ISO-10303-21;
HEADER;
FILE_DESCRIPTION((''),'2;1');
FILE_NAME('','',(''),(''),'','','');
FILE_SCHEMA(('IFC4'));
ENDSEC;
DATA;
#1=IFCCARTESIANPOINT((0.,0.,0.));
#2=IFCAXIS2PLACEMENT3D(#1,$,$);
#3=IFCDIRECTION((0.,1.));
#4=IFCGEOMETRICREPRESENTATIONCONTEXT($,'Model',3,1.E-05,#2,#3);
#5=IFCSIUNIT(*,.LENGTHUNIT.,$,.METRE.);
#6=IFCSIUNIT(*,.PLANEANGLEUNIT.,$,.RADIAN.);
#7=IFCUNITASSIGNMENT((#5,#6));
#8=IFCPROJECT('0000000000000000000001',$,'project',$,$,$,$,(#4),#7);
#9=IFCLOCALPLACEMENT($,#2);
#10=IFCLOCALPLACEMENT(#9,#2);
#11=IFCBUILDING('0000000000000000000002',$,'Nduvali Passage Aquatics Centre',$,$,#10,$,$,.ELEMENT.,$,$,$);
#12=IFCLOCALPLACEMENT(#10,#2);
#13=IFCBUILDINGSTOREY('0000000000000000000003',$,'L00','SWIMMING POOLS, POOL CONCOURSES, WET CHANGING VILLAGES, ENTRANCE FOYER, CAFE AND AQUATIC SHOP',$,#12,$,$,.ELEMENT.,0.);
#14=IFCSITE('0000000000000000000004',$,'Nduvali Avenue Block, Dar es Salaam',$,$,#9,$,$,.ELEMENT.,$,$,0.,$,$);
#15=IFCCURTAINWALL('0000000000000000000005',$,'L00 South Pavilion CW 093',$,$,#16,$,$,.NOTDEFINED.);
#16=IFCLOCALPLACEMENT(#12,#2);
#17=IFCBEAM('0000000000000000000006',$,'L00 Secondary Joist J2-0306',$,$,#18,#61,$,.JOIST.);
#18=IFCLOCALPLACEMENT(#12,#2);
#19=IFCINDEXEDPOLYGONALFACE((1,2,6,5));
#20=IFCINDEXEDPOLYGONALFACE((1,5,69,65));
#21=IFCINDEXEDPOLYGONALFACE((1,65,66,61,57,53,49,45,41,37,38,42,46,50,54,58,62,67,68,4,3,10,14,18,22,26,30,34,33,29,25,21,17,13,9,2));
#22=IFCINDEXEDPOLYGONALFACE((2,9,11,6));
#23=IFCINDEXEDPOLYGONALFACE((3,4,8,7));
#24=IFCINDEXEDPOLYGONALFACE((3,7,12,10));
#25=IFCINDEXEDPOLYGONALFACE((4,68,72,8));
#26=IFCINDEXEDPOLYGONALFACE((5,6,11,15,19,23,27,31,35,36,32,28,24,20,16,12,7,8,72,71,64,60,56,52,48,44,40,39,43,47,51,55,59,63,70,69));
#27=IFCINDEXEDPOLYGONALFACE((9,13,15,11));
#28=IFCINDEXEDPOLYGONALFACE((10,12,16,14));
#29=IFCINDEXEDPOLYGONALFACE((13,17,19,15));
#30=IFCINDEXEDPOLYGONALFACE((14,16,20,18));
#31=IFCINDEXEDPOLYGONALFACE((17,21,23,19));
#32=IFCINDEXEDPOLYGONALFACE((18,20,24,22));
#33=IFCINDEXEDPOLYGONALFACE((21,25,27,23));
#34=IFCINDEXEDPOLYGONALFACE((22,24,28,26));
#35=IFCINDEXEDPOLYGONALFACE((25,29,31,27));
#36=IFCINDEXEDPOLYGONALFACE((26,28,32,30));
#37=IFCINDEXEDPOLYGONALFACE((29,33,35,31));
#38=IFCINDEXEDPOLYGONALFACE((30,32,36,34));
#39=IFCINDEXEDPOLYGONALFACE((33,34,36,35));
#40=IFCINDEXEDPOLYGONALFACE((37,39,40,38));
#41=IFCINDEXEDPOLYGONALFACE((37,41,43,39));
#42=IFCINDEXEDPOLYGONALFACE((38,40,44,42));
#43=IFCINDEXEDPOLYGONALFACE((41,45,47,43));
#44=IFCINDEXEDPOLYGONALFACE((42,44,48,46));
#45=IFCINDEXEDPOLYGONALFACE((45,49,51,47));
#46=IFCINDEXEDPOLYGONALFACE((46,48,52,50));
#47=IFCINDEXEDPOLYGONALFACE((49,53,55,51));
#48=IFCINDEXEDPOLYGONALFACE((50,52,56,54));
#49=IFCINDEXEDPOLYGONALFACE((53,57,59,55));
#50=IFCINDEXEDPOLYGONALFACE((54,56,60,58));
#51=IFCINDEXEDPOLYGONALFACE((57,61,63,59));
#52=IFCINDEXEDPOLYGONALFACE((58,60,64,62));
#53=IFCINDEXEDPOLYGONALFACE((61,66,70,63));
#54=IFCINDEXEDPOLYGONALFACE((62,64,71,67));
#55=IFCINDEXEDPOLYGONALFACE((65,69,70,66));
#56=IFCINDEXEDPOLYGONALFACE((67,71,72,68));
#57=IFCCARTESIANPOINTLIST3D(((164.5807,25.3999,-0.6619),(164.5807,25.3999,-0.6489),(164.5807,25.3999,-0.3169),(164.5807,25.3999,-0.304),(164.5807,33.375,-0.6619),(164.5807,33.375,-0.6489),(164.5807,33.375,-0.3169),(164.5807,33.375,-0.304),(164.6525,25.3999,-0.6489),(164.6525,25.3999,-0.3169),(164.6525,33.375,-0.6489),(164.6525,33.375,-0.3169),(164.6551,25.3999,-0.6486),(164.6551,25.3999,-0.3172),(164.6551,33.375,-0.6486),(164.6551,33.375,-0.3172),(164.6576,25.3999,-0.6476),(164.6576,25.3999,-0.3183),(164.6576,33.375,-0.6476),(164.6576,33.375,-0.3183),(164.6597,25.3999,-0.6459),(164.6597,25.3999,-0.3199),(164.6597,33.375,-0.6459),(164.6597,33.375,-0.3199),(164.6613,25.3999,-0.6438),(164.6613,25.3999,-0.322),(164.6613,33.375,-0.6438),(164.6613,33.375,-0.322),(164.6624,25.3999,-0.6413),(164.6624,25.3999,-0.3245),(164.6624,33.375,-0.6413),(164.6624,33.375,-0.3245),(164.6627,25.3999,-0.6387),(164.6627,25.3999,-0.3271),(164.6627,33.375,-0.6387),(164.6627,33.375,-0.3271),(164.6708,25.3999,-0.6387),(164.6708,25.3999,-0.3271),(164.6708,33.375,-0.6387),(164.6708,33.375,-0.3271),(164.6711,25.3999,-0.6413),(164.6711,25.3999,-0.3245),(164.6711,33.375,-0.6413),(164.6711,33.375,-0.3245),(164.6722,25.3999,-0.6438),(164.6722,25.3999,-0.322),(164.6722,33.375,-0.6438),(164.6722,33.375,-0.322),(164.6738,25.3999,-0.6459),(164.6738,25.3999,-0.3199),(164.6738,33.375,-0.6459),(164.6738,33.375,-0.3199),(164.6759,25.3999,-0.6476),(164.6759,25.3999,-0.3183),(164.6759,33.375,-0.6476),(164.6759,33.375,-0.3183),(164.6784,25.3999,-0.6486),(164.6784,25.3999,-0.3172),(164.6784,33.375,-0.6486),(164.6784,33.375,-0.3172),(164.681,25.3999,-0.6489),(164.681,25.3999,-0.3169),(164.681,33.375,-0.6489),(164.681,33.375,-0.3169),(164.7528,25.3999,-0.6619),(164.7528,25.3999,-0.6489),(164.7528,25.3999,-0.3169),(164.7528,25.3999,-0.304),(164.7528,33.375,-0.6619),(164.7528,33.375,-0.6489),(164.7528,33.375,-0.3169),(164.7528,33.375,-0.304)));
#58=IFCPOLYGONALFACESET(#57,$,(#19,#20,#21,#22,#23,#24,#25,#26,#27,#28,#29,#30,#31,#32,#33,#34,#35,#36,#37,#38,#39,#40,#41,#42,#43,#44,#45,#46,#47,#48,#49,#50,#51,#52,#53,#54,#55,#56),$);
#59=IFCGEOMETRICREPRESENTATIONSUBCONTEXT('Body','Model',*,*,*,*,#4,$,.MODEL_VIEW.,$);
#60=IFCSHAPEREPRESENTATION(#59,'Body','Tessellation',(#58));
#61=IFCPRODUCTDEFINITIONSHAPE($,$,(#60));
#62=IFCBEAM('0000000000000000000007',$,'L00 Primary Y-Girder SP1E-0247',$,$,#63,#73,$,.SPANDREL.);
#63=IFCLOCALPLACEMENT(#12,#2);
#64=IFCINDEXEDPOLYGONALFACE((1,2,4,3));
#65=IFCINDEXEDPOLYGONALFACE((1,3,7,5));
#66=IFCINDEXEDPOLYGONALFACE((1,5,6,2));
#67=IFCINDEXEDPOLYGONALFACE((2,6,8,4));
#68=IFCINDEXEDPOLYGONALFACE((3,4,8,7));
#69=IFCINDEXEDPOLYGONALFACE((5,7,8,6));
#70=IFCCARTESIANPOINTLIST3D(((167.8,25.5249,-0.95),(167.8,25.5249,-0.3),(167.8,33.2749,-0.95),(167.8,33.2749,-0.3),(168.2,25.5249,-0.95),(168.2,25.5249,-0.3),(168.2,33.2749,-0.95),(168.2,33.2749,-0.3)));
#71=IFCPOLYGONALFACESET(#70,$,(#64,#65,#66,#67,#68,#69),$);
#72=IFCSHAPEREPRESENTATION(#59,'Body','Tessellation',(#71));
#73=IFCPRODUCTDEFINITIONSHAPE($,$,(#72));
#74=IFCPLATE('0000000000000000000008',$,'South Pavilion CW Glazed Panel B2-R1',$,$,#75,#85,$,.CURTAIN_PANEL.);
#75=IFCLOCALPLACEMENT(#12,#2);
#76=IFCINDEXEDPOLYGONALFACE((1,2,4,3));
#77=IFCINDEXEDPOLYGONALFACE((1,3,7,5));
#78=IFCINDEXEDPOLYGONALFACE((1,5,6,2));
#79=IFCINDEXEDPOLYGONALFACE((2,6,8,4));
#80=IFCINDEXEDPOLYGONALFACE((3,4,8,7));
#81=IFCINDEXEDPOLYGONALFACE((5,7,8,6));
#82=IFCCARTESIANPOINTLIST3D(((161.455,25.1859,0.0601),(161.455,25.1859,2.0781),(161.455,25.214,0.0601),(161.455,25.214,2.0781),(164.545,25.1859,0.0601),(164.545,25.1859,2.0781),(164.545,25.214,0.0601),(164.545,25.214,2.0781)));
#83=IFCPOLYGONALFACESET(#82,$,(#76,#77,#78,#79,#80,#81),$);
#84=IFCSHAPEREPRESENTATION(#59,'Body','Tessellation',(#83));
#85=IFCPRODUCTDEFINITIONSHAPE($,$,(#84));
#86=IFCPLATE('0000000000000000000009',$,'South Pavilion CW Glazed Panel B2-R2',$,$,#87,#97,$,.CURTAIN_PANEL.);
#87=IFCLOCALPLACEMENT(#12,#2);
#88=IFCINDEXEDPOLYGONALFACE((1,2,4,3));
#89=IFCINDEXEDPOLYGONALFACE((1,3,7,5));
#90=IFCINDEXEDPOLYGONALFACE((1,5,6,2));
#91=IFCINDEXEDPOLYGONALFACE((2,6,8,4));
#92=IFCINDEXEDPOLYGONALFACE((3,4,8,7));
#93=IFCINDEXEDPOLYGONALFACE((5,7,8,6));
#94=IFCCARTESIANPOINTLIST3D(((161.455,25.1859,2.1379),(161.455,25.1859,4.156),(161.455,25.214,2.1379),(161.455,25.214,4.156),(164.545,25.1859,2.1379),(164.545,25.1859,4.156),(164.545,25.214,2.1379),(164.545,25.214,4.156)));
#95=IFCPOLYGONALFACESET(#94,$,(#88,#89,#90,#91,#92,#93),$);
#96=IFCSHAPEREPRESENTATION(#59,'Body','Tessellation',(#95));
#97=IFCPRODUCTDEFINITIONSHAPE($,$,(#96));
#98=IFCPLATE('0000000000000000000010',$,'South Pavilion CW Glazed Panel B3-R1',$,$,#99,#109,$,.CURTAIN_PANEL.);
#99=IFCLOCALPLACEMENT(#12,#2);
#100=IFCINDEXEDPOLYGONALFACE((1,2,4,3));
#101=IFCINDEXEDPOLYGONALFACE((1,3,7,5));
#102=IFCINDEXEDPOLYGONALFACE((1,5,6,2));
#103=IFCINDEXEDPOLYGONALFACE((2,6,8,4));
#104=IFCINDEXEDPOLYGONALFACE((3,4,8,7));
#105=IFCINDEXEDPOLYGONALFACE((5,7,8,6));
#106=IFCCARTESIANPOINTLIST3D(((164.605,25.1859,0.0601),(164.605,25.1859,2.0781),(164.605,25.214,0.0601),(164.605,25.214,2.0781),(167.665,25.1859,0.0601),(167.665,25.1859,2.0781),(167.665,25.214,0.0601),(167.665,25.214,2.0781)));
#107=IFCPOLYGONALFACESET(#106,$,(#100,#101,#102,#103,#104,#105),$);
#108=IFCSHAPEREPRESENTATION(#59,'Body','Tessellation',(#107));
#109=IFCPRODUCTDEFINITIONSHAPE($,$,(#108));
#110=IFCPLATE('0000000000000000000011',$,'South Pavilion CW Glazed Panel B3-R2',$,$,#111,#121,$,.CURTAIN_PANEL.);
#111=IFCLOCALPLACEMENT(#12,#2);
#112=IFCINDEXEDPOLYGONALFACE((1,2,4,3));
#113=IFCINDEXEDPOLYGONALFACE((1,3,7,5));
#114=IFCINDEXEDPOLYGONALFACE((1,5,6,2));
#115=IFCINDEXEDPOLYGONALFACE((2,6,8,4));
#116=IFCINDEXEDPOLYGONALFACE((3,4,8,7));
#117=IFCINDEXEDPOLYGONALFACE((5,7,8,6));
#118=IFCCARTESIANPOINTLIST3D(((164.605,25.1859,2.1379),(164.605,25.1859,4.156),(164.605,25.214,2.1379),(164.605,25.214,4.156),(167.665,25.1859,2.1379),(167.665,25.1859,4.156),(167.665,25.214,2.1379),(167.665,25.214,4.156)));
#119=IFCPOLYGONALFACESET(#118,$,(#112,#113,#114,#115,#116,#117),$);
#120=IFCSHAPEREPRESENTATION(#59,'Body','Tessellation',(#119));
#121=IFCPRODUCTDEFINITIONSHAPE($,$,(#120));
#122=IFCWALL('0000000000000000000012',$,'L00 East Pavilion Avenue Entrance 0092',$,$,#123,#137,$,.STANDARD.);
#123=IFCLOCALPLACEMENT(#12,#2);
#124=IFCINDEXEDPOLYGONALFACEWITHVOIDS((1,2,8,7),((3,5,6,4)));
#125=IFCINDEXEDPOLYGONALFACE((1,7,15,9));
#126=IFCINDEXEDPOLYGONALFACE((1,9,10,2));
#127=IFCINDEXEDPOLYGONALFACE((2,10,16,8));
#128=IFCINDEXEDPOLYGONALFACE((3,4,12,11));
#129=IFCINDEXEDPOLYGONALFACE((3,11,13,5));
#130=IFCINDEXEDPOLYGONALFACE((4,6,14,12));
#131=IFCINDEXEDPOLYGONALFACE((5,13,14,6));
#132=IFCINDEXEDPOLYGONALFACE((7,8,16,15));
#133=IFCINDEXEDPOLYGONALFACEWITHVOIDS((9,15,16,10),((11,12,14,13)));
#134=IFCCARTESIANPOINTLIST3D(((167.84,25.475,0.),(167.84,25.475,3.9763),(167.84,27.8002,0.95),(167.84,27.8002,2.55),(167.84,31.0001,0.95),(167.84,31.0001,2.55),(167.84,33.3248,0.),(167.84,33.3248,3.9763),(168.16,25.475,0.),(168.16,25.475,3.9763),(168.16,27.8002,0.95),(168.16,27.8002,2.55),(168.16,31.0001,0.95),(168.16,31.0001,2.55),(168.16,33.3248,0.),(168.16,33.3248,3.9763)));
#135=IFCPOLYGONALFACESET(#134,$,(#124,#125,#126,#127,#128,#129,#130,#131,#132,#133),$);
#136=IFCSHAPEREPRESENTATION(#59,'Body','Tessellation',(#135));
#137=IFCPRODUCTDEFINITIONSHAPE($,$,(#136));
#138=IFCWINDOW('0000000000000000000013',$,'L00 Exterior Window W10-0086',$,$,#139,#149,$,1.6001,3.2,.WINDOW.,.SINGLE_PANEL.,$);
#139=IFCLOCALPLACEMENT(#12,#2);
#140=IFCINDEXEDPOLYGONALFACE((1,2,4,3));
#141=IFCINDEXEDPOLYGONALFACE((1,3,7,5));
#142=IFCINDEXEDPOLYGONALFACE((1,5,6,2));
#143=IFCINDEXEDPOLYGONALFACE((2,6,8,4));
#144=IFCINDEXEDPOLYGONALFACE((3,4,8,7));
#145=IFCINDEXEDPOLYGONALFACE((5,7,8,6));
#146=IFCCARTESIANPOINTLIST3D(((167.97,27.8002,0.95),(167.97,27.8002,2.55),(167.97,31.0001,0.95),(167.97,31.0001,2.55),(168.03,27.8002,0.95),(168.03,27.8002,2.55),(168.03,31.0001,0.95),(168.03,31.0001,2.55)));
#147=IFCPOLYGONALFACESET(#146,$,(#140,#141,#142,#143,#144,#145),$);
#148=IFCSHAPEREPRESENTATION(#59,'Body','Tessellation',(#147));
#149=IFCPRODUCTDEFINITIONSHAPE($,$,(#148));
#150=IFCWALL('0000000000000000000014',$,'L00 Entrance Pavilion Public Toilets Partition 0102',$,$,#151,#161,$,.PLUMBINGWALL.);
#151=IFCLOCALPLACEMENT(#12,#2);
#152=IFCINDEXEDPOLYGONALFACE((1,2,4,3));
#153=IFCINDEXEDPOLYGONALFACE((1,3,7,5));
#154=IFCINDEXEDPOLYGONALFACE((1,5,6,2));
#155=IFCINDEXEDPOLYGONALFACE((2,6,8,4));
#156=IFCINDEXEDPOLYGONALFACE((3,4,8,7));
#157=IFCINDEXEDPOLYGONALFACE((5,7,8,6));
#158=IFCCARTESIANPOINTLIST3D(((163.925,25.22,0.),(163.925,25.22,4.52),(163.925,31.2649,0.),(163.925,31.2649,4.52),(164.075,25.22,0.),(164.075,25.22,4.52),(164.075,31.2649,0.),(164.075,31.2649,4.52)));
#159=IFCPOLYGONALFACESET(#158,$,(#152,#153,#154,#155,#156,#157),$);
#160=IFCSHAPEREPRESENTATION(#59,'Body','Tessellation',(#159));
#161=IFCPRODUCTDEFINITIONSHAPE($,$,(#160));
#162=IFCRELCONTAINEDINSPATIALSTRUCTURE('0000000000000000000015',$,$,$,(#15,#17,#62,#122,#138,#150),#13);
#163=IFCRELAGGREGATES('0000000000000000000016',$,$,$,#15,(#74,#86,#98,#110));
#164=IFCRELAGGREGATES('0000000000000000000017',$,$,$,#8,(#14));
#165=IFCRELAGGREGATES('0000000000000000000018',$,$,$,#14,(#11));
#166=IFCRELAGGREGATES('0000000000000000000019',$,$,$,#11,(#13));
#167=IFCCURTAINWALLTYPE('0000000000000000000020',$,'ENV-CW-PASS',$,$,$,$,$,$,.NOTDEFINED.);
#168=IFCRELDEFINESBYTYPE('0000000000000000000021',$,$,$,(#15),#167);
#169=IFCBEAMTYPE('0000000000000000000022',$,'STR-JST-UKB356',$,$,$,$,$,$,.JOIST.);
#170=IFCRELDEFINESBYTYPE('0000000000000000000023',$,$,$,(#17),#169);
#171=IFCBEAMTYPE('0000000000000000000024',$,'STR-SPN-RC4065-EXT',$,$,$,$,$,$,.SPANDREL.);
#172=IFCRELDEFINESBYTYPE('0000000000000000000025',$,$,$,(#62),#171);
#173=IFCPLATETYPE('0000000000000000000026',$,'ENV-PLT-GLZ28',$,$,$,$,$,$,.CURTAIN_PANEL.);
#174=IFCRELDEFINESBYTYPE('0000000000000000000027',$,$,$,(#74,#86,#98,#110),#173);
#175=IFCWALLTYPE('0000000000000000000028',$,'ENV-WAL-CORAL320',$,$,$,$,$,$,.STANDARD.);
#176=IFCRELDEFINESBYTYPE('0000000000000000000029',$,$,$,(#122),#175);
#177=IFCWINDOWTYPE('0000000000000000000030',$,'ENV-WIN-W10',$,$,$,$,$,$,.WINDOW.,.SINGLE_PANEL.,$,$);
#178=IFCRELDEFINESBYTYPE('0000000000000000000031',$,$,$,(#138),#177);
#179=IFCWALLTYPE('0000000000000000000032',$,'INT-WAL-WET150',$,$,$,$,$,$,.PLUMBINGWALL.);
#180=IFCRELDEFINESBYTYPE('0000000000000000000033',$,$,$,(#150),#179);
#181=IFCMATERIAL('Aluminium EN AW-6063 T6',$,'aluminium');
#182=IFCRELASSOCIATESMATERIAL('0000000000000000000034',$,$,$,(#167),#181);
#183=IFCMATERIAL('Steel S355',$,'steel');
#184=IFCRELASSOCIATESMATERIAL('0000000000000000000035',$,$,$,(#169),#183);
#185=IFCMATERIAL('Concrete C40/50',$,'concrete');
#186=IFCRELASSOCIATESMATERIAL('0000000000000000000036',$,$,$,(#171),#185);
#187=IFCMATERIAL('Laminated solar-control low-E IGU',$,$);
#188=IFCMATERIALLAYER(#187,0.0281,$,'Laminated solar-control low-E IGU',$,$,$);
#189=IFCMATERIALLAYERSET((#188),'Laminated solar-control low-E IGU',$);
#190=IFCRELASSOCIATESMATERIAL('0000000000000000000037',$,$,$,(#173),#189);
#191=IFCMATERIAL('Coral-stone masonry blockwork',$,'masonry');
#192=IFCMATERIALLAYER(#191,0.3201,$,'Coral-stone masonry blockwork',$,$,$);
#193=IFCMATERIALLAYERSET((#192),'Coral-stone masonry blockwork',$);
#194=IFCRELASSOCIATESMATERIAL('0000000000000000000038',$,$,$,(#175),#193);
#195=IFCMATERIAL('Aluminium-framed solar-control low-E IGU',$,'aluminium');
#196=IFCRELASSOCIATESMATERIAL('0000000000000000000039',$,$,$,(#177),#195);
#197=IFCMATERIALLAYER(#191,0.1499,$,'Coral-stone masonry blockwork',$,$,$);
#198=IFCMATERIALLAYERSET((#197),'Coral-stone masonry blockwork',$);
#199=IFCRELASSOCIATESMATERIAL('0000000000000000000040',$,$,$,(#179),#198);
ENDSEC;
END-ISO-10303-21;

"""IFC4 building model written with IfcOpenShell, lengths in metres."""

from ifc_helpers import new_model, si_unit, direction, frame, frame_2d, origin, origin_2d, place, context, subcontext, project, spatial, rectangle, i_section, extrude, material, layer, layer_set, material_profile, profile_set, type_object, element, fill, aggregate, save


model = new_model("IFC4")

# Units and contexts
model_context = context("Model", 3, precision=1e-05, world=origin(), true_north=direction((0.0, 1.0)))
body_context = subcontext(model_context, "Body", "Model", "MODEL_VIEW")
ifc_project = project(units=[si_unit("LENGTHUNIT", "METRE"), si_unit("PLANEANGLEUNIT", "RADIAN")], contexts=[model_context])

# Site, building, storey
site_placement = place(None, origin())
site = spatial("IfcSite", under=ifc_project, at=site_placement, Name="Nduvali Avenue Block, Dar es Salaam", CompositionType="ELEMENT", RefElevation=0.0)
building_placement = place(site_placement, origin())
building = spatial("IfcBuilding", under=site, at=building_placement, Name="Nduvali Passage Aquatics Centre", CompositionType="ELEMENT")
storey_placement = place(building_placement, origin())
storey = spatial("IfcBuildingStorey", under=building, at=storey_placement, Name="L00", Description="SWIMMING POOLS, POOL CONCOURSES, WET CHANGING VILLAGES, ENTRANCE FOYER, CAFE AND AQUATIC SHOP", CompositionType="ELEMENT", Elevation=0.0)

# Shared definitions
ifc_material_1 = material(Name="Concrete C40/50", Category="concrete")

# Shared definitions
ifc_material_2 = material(Name="Aluminium EN AW-6063 T6", Category="aluminium")

# Curtain wall
curtain_wall_type_1 = type_object("IfcCurtainWallType", Name="ENV-CW-PASS", PredefinedType="NOTDEFINED", material=ifc_material_2)
curtain_wall_1_placement = place(storey_placement, origin())
curtain_wall_1 = element("IfcCurtainWall", 1, at=curtain_wall_1_placement, inside=storey, type_object=curtain_wall_type_1, Name="L00 South Pavilion CW 093", PredefinedType="NOTDEFINED")

# Beams
ifc_material_3 = material(Name="Steel S355", Category="steel")
ifc_material_profile_1 = material_profile(ifc_material_3, i_section(OverallWidth=0.1721, OverallDepth=0.3579, WebThickness=0.0081, FlangeThickness=0.0129, FilletRadius=0.0103, at=origin_2d()), Name="UKB 356x171x57")
ifc_profile_set_1 = profile_set([ifc_material_profile_1], Name="Steel S355")
beam_type_1 = type_object("IfcBeamType", Name="STR-JST-UKB356", PredefinedType="JOIST", material=ifc_profile_set_1)
for number, where, z_axis, x_axis, name in (
    (2, (164.6667, 25.3999, -0.4829), (0.0, 1.0, 0.0), (-1.0, 0.0, 0.0), "L00 Secondary Joist J2-0306"),
):
    element("IfcBeam", number, at=place(storey_placement, frame(where, z_axis=z_axis, x_axis=x_axis)), inside=storey, type_object=beam_type_1, Name=name, PredefinedType="JOIST", context=body_context, shape_type="SweptSolid", body=[
        extrude(i_section(OverallWidth=0.1721, OverallDepth=0.3579, WebThickness=0.0081, FlangeThickness=0.0129, FilletRadius=0.0103, at=origin_2d()), origin(), (0.0, 0.0, 1.0), 7.9751),
    ])
ifc_material_profile_2 = material_profile(ifc_material_1, rectangle(XDim=0.3999, YDim=0.6499, at=origin_2d()), Name="RC 400x650")
ifc_profile_set_2 = profile_set([ifc_material_profile_2], Name="Concrete C40/50")
beam_type_2 = type_object("IfcBeamType", Name="STR-SPN-RC4065-EXT", PredefinedType="SPANDREL", material=ifc_profile_set_2)
beam_placement = place(storey_placement, frame((168.0, 25.5249, -0.625), z_axis=(0.0, 1.0, 0.0), x_axis=(-1.0, 0.0, 0.0)))
element("IfcBeam", 3, at=beam_placement, inside=storey, type_object=beam_type_2, Name="L00 Primary Y-Girder SP1E-0247", PredefinedType="SPANDREL", context=body_context, shape_type="SweptSolid", body=[
    extrude(rectangle(XDim=0.3999, YDim=0.6499, at=origin_2d()), origin(), (0.0, 0.0, 1.0), 7.75),
])

# Plates
ifc_material_4 = material(Name="Laminated solar-control low-E IGU")
ifc_layer_1 = layer(ifc_material_4, 0.0281, Name="Laminated solar-control low-E IGU")
ifc_layer_set_1 = layer_set([ifc_layer_1], Name="Laminated solar-control low-E IGU")
plate_type = type_object("IfcPlateType", Name="ENV-PLT-GLZ28", PredefinedType="CURTAIN_PANEL", material=ifc_layer_set_1)
plate_1_placement = place(storey_placement, frame((163.0, 25.2, 0.0601), z_axis=(0.0, 0.0, 1.0), x_axis=(1.0, 0.0, 0.0)))
plate_1 = element("IfcPlate", 4, at=plate_1_placement, type_object=plate_type, Name="South Pavilion CW Glazed Panel B2-R1", PredefinedType="CURTAIN_PANEL", context=body_context, shape_type="SweptSolid", body=[
    extrude(rectangle(XDim=3.0901, YDim=0.0281, at=origin_2d()), origin(), (0.0, 0.0, 1.0), 2.0181),
])
plate_2_placement = place(storey_placement, frame((163.0, 25.2, 2.1379), z_axis=(0.0, 0.0, 1.0), x_axis=(1.0, 0.0, 0.0)))
plate_2 = element("IfcPlate", 5, at=plate_2_placement, type_object=plate_type, Name="South Pavilion CW Glazed Panel B2-R2", PredefinedType="CURTAIN_PANEL", context=body_context, shape_type="SweptSolid", body=[
    extrude(rectangle(XDim=3.0901, YDim=0.0281, at=origin_2d()), origin(), (0.0, 0.0, 1.0), 2.0181),
])
plate_3_placement = place(storey_placement, frame((166.135, 25.2, 0.0601), z_axis=(0.0, 0.0, 1.0), x_axis=(1.0, 0.0, 0.0)))
plate_3 = element("IfcPlate", 6, at=plate_3_placement, type_object=plate_type, Name="South Pavilion CW Glazed Panel B3-R1", PredefinedType="CURTAIN_PANEL", context=body_context, shape_type="SweptSolid", body=[
    extrude(rectangle(XDim=3.0601, YDim=0.0281, at=origin_2d()), origin(), (0.0, 0.0, 1.0), 2.0181),
])
plate_4_placement = place(storey_placement, frame((166.135, 25.2, 2.1379), z_axis=(0.0, 0.0, 1.0), x_axis=(1.0, 0.0, 0.0)))
plate_4 = element("IfcPlate", 7, at=plate_4_placement, type_object=plate_type, Name="South Pavilion CW Glazed Panel B3-R2", PredefinedType="CURTAIN_PANEL", context=body_context, shape_type="SweptSolid", body=[
    extrude(rectangle(XDim=3.0601, YDim=0.0281, at=origin_2d()), origin(), (0.0, 0.0, 1.0), 2.0181),
])
aggregate(curtain_wall_1, [plate_1, plate_2, plate_3, plate_4])

# Wall, opening, window
ifc_material_5 = material(Name="Coral-stone masonry blockwork", Category="masonry")
ifc_layer_2 = layer(ifc_material_5, 0.3201, Name="Coral-stone masonry blockwork")
ifc_layer_set_2 = layer_set([ifc_layer_2], Name="Coral-stone masonry blockwork")
wall_type_1 = type_object("IfcWallType", Name="ENV-WAL-CORAL320", PredefinedType="STANDARD", material=ifc_layer_set_2)
wall_1_placement = place(storey_placement, frame((168.0, 25.4751, 0.0), z_axis=(0.0, 0.0, 1.0), x_axis=(0.0, 1.0, 0.0)))
wall_1 = element("IfcWall", 8, at=wall_1_placement, inside=storey, type_object=wall_type_1, Name="L00 East Pavilion Avenue Entrance 0092", PredefinedType="STANDARD", context=body_context, shape_type="SweptSolid", body=[
    extrude(rectangle(XDim=7.8499, YDim=0.3201, at=frame_2d((3.9248, 0.0))), origin(), (0.0, 0.0, 1.0), 3.9763),
])
opening_1_placement = place(wall_1_placement, frame((2.325, 0.0, 0.95)))
opening_1 = element("IfcOpeningElement", 9, at=opening_1_placement, cuts=wall_1, PredefinedType="OPENING", context=body_context, shape_type="SweptSolid", body=[
    extrude(rectangle(XDim=3.2, YDim=1.6001, at=frame_2d((1.6001, 0.8))), frame((0.0, 0.1748, 0.0), z_axis=(0.0, -1.0, 0.0), x_axis=(1.0, 0.0, 0.0)), (0.0, 0.0, 1.0), 0.3499),
])
ifc_material_6 = material(Name="Aluminium-framed solar-control low-E IGU", Category="aluminium")
window_type = type_object("IfcWindowType", Name="ENV-WIN-W10", PartitioningType="SINGLE_PANEL", PredefinedType="WINDOW", material=ifc_material_6)
window_placement = place(opening_1_placement, origin())
window = element("IfcWindow", 10, at=window_placement, inside=storey, type_object=window_type, Name="L00 Exterior Window W10-0086", OverallHeight=1.6001, OverallWidth=3.2, PartitioningType="SINGLE_PANEL", PredefinedType="WINDOW", context=body_context, shape_type="SweptSolid", body=[
    extrude(rectangle(XDim=3.2, YDim=1.6001, at=frame_2d((1.6001, 0.8))), frame((0.0, 0.03, 0.0), z_axis=(0.0, -1.0, 0.0), x_axis=(1.0, 0.0, 0.0)), (0.0, 0.0, 1.0), 0.0601),
])
fill(opening_1, window)

# Wall
ifc_layer_3 = layer(ifc_material_5, 0.1499, Name="Coral-stone masonry blockwork")
ifc_layer_set_3 = layer_set([ifc_layer_3], Name="Coral-stone masonry blockwork")
wall_type_2 = type_object("IfcWallType", Name="INT-WAL-WET150", PredefinedType="PLUMBINGWALL", material=ifc_layer_set_3)
wall_2_placement = place(storey_placement, frame((164.0, 25.22, 0.0), z_axis=(0.0, 0.0, 1.0), x_axis=(0.0, 1.0, 0.0)))
element("IfcWall", 11, at=wall_2_placement, inside=storey, type_object=wall_type_2, Name="L00 Entrance Pavilion Public Toilets Partition 0102", PredefinedType="PLUMBINGWALL", context=body_context, shape_type="SweptSolid", body=[
    extrude(rectangle(XDim=6.0449, YDim=0.1499, at=frame_2d((3.0225, 0.0))), origin(), (0.0, 0.0, 1.0), 4.52),
])

save(model, "model.ifc")
